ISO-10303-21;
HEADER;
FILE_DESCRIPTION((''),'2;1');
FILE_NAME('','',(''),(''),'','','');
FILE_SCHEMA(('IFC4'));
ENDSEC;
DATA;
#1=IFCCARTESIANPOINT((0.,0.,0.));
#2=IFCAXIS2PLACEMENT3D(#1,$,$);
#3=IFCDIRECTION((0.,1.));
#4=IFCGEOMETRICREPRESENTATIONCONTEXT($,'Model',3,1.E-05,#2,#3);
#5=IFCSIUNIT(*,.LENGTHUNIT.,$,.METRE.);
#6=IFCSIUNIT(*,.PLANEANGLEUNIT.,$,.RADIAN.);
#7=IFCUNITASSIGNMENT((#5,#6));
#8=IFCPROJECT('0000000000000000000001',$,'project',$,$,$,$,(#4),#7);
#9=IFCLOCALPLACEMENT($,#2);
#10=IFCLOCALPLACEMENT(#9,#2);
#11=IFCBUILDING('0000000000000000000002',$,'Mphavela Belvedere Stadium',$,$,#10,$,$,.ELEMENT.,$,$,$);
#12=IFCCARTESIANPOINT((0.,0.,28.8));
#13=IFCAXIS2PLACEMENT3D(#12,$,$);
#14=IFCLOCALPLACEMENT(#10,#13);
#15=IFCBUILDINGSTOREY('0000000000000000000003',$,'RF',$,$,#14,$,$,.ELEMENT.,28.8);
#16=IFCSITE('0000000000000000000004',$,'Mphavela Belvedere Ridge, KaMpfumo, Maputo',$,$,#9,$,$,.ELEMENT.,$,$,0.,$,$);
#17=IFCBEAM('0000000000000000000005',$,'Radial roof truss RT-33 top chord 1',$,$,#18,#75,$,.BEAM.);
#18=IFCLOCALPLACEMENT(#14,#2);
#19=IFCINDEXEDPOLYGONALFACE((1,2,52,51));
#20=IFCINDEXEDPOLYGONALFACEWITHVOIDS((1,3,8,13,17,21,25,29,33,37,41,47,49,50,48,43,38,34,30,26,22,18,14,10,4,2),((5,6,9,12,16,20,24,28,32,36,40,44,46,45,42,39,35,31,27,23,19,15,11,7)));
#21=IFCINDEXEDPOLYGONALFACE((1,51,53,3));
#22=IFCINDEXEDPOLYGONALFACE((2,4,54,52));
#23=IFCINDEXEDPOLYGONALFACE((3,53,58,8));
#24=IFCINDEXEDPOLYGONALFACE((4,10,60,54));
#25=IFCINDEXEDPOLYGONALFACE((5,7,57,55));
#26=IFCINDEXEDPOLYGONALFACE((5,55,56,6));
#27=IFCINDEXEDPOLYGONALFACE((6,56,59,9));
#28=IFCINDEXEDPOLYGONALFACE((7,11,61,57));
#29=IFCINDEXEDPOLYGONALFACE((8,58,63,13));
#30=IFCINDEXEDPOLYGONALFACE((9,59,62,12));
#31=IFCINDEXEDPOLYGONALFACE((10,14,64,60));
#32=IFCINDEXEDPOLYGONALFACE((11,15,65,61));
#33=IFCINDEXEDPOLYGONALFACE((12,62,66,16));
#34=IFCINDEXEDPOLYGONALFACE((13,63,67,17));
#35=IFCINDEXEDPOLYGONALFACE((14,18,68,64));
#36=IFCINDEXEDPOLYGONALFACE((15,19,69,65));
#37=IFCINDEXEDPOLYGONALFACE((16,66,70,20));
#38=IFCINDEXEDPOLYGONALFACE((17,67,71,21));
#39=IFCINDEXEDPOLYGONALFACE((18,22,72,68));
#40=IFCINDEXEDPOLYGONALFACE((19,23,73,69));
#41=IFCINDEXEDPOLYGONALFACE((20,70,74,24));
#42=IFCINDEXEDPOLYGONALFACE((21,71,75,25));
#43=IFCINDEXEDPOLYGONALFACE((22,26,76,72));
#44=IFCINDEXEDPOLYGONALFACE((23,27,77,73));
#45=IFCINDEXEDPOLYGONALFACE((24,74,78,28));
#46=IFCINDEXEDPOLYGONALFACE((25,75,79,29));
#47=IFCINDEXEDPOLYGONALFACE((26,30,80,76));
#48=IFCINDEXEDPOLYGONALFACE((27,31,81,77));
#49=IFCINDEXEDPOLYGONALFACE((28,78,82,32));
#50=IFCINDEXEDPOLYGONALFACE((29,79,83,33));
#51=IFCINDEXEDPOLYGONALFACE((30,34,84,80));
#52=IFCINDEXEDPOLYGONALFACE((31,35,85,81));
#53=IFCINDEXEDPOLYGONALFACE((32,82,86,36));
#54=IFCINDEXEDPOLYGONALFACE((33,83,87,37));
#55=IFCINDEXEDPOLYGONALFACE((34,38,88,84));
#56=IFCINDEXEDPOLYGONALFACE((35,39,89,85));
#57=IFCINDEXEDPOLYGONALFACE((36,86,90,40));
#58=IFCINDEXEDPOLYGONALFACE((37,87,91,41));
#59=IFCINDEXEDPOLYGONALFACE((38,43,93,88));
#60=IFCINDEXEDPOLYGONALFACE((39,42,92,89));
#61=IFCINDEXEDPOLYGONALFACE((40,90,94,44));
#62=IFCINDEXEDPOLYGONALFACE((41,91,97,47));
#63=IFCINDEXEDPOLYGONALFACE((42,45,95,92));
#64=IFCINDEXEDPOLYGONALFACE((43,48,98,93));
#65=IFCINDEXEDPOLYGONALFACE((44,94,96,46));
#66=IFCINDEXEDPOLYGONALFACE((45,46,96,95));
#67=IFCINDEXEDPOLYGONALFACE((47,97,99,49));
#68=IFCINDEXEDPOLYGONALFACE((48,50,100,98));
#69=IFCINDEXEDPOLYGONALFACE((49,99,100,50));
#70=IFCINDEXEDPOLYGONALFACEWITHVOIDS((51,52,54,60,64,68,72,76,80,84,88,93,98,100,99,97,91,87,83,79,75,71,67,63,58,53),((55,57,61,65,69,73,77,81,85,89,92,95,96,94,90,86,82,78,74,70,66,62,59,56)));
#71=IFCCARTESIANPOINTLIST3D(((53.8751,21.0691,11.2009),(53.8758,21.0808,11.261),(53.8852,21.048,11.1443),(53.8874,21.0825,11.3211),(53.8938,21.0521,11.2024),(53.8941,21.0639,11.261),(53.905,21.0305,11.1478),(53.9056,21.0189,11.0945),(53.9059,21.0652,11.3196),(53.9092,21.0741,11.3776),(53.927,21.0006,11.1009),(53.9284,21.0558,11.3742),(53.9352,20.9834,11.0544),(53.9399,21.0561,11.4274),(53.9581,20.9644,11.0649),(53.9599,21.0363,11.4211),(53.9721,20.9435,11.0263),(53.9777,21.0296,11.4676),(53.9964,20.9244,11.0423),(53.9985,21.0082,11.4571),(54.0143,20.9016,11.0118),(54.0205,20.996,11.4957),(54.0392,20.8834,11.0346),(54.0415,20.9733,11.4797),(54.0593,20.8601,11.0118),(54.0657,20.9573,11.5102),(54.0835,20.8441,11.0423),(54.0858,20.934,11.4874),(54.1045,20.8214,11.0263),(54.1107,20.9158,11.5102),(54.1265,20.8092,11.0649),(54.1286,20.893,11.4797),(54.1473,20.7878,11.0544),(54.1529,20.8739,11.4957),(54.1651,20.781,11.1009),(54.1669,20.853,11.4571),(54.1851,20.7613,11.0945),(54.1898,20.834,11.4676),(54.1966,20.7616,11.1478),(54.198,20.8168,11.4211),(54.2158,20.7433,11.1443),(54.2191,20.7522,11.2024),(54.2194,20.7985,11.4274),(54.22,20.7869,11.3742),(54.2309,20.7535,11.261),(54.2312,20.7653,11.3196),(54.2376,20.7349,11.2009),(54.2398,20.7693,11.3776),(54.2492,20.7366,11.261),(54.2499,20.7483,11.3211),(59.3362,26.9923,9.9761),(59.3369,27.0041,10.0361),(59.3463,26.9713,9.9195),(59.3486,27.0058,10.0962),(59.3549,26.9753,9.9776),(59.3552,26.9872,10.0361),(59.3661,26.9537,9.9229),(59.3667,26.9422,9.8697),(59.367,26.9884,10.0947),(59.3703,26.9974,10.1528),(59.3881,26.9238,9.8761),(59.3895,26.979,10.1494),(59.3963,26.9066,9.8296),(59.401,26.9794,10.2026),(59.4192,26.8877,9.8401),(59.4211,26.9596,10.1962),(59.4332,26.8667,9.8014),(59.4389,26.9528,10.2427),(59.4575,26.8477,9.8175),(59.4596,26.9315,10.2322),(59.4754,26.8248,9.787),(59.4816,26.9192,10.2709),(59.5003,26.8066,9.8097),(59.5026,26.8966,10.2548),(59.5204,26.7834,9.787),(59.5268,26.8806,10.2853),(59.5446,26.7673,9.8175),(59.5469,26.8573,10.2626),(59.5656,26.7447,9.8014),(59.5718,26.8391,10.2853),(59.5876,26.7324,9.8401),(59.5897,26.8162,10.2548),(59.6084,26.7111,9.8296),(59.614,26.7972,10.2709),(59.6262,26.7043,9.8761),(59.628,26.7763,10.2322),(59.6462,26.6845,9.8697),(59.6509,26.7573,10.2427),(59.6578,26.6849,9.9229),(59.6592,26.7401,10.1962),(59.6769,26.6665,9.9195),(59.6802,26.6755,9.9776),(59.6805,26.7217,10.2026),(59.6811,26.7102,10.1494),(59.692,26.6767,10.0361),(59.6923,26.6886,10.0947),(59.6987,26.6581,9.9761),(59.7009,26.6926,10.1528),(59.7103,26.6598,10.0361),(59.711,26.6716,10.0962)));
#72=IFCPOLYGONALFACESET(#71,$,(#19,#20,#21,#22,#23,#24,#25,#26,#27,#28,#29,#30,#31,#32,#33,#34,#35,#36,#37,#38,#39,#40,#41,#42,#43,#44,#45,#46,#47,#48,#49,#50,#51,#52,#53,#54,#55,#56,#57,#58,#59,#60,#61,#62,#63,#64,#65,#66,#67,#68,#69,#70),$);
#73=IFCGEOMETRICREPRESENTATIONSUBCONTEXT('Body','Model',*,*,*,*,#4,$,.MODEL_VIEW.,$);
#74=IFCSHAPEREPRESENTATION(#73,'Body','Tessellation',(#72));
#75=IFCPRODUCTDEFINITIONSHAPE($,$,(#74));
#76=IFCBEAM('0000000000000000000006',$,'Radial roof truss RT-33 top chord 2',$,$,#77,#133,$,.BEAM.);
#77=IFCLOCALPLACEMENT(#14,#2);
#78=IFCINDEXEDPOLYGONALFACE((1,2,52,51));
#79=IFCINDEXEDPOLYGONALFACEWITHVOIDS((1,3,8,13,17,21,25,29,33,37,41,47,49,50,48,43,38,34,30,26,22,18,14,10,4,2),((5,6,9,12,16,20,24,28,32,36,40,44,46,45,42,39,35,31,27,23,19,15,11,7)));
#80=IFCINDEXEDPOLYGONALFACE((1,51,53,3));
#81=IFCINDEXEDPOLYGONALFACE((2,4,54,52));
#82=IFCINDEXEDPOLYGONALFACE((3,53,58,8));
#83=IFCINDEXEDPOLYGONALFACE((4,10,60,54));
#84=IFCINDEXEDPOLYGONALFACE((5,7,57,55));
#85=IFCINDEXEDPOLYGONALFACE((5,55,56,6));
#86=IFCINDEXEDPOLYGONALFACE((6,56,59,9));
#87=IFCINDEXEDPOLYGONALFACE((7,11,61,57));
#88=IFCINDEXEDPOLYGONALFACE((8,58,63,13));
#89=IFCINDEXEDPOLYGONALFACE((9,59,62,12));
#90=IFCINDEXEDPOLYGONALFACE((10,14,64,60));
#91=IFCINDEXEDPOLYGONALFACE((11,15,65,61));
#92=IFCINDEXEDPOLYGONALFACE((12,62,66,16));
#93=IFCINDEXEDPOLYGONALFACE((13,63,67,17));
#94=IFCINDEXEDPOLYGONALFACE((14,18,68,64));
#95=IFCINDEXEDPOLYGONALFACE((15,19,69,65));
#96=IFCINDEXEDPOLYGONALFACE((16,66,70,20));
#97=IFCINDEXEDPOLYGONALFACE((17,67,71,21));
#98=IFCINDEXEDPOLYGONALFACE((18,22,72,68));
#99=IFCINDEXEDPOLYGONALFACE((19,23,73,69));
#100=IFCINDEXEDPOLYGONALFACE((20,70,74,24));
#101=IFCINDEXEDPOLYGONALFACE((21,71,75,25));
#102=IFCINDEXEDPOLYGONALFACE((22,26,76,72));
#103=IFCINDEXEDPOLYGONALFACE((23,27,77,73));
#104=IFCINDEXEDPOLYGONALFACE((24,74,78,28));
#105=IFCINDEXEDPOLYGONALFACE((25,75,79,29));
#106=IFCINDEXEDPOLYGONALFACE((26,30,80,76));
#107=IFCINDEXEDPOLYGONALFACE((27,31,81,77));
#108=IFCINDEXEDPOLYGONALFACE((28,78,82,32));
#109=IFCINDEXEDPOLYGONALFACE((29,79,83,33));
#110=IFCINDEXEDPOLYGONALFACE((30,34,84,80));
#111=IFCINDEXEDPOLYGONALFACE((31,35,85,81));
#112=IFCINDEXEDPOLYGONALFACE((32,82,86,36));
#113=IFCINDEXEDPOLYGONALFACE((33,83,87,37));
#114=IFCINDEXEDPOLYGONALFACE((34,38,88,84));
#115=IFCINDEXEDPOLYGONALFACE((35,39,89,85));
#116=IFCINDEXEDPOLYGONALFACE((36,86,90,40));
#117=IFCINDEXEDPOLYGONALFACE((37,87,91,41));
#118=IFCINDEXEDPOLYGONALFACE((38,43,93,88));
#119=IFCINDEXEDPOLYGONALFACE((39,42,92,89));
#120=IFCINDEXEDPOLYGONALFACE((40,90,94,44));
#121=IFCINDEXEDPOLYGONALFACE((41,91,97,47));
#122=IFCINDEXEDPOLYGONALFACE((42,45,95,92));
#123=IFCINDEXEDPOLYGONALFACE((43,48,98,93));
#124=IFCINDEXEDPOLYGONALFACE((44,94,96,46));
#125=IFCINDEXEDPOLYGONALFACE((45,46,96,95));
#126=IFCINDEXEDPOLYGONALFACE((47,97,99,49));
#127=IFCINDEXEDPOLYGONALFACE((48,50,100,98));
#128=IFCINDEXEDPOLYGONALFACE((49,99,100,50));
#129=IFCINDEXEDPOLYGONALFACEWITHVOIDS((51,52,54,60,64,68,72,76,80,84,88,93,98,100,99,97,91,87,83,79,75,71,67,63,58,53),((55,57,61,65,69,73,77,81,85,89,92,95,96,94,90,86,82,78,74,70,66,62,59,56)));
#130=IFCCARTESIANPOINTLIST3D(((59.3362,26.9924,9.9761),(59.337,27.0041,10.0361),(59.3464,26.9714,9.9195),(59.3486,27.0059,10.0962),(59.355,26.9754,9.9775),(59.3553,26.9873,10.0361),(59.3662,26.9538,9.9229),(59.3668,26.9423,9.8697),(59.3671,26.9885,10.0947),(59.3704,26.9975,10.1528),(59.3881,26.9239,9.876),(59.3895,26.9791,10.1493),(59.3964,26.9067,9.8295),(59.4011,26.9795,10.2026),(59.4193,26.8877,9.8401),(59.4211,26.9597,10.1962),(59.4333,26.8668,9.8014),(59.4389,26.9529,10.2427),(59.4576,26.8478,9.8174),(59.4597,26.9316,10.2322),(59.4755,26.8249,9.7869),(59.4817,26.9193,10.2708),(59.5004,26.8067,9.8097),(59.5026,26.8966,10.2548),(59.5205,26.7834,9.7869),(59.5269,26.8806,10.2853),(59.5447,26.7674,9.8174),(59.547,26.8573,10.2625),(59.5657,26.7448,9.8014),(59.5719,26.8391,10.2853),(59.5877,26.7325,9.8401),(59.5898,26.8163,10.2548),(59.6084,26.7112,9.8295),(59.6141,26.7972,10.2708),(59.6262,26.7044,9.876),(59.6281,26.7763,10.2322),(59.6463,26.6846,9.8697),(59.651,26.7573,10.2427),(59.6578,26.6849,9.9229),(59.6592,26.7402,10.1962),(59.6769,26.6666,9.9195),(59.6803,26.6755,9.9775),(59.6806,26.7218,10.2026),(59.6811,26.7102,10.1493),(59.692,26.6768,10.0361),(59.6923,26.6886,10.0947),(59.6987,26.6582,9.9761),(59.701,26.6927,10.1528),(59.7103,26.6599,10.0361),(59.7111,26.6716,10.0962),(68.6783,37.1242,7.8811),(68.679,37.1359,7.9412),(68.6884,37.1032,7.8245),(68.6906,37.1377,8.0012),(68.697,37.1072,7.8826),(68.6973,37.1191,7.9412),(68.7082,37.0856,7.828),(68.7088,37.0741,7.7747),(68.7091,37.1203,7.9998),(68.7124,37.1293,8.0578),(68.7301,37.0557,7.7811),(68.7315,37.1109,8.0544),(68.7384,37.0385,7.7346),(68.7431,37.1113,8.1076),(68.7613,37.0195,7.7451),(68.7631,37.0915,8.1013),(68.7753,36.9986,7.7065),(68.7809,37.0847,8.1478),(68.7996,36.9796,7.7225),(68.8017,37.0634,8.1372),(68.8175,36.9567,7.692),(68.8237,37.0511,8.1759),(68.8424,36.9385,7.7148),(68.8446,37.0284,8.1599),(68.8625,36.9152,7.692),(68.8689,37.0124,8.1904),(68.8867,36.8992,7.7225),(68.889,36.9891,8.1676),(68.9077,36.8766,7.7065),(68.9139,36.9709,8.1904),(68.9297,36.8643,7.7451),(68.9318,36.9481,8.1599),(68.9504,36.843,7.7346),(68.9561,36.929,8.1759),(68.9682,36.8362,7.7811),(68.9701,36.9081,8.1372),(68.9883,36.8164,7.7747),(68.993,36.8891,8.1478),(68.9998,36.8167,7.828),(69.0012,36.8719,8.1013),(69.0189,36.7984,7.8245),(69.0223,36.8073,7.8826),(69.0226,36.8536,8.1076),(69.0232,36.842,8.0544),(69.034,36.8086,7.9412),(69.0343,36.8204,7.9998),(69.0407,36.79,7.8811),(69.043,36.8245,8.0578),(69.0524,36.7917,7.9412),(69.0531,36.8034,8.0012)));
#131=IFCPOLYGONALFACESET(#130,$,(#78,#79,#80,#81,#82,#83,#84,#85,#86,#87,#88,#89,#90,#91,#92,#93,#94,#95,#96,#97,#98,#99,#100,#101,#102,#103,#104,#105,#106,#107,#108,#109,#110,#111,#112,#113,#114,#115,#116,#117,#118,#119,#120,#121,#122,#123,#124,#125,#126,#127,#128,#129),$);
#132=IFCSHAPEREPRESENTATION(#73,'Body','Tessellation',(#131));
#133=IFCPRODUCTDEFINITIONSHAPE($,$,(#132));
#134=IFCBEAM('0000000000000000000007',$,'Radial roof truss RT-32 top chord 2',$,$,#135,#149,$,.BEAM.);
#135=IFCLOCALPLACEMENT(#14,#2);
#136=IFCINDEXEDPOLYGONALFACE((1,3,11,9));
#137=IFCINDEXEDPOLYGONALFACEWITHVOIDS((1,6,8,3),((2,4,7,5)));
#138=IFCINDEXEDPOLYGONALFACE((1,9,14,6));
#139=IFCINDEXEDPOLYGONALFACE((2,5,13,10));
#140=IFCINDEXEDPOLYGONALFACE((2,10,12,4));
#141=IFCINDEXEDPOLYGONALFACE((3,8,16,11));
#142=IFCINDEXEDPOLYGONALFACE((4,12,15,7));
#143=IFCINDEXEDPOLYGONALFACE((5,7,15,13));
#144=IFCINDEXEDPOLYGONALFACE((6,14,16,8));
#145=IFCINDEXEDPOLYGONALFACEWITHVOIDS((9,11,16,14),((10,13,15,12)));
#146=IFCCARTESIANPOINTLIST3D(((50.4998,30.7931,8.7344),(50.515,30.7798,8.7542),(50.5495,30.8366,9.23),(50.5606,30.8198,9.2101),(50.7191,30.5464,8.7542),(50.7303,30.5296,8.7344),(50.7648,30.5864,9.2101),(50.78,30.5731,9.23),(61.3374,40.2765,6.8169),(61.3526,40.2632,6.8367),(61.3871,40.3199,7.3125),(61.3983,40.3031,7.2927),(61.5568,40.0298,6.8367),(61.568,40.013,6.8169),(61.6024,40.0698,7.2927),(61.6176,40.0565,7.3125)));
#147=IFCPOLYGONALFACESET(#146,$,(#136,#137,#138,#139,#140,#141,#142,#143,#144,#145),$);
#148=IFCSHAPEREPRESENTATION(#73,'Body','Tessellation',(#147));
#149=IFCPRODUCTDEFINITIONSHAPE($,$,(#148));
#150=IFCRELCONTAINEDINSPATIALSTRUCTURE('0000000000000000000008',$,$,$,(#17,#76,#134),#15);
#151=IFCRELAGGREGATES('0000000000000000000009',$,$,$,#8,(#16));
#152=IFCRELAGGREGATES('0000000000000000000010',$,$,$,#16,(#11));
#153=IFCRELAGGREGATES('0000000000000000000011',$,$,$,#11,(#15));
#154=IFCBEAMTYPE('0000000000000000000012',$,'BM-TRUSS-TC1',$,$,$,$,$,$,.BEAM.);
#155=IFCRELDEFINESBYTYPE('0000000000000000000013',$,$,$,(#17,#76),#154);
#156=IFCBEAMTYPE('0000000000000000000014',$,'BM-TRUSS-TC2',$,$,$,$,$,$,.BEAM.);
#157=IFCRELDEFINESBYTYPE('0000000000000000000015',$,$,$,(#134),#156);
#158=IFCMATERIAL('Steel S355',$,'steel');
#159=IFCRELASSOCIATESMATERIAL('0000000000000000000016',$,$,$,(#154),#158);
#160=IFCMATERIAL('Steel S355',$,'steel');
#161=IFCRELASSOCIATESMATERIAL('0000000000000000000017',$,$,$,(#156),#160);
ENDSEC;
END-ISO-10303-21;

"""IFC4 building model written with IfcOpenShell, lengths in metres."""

from ifc_helpers import new_model, si_unit, direction, frame, origin, origin_2d, place, context, subcontext, project, spatial, hollow_rectangle, hollow_circle, extrude, material, material_profile, profile_set, type_object, element, save


model = new_model("IFC4")

# Units and contexts
model_context = context("Model", 3, precision=1e-05, world=origin(), true_north=direction((0.0, 1.0)))
body_context = subcontext(model_context, "Body", "Model", "MODEL_VIEW")
ifc_project = project(units=[si_unit("LENGTHUNIT", "METRE"), si_unit("PLANEANGLEUNIT", "RADIAN")], contexts=[model_context])

# Site, building, storey
site_placement = place(None, origin())
site = spatial("IfcSite", under=ifc_project, at=site_placement, Name="Mphavela Belvedere Ridge, KaMpfumo, Maputo", CompositionType="ELEMENT", RefElevation=0.0)
building_placement = place(site_placement, origin())
building = spatial("IfcBuilding", under=site, at=building_placement, Name="Mphavela Belvedere Stadium", CompositionType="ELEMENT")
storey_placement = place(building_placement, frame((0.0, 0.0, 28.8)))
storey = spatial("IfcBuildingStorey", under=building, at=storey_placement, Name="RF", CompositionType="ELEMENT", Elevation=28.8)

# Beams
ifc_material_1 = material(Name="Steel S355", Category="steel")
ifc_material_profile_1 = material_profile(ifc_material_1, hollow_circle(Radius=0.2539, WallThickness=0.0249, at=origin_2d()), Name="CHS 508x25")
ifc_profile_set_1 = profile_set([ifc_material_profile_1], Name="Steel S355")
beam_type_1 = type_object("IfcBeamType", Name="BM-TRUSS-TC1", PredefinedType="BEAM", material=ifc_profile_set_1)
beam_1_placement = place(storey_placement, frame((54.0625, 20.9087, 11.261), z_axis=(0.670143, 0.726855, -0.150302), x_axis=(-0.735206, 0.677843, 0.0)))
element("IfcBeam", 1, at=beam_1_placement, inside=storey, type_object=beam_type_1, Name="Radial roof truss RT-33 top chord 1", PredefinedType="BEAM", context=body_context, shape_type="SweptSolid", body=[
    extrude(hollow_circle(Radius=0.2539, WallThickness=0.0249, at=origin_2d()), origin(), (0.0, 0.0, 1.0), 8.1492),
])
beam_2_placement = place(storey_placement, frame((59.5237, 26.832, 10.0361), z_axis=(0.670173, 0.72683, -0.150287), x_axis=(-0.73518, 0.677872, 0.0)))
element("IfcBeam", 2, at=beam_2_placement, inside=storey, type_object=beam_type_1, Name="Radial roof truss RT-33 top chord 2", PredefinedType="BEAM", context=body_context, shape_type="SweptSolid", body=[
    extrude(hollow_circle(Radius=0.2539, WallThickness=0.0249, at=origin_2d()), origin(), (0.0, 0.0, 1.0), 13.9397),
])
ifc_material_2 = material(Name="Steel S355", Category="steel")
ifc_material_profile_2 = material_profile(ifc_material_2, hollow_rectangle(XDim=0.3501, YDim=0.5, WallThickness=0.02, at=origin_2d()), Name="RHS 500x350x20")
ifc_profile_set_2 = profile_set([ifc_material_profile_2], Name="Steel S355")
beam_type_2 = type_object("IfcBeamType", Name="BM-TRUSS-TC2", PredefinedType="BEAM", material=ifc_profile_set_2)
beam_3_placement = place(storey_placement, frame((50.6399, 30.6831, 8.9822), z_axis=(0.745977, 0.652762, -0.131984), x_axis=(-0.658523, 0.752561, 0.0)))
element("IfcBeam", 3, at=beam_3_placement, inside=storey, type_object=beam_type_2, Name="Radial roof truss RT-32 top chord 2", PredefinedType="BEAM", context=body_context, shape_type="SweptSolid", body=[
    extrude(hollow_rectangle(XDim=0.3501, YDim=0.5, WallThickness=0.02, at=origin_2d()), origin(), (0.0, 0.0, 1.0), 14.5281),
])

save(model, "model.ifc")
